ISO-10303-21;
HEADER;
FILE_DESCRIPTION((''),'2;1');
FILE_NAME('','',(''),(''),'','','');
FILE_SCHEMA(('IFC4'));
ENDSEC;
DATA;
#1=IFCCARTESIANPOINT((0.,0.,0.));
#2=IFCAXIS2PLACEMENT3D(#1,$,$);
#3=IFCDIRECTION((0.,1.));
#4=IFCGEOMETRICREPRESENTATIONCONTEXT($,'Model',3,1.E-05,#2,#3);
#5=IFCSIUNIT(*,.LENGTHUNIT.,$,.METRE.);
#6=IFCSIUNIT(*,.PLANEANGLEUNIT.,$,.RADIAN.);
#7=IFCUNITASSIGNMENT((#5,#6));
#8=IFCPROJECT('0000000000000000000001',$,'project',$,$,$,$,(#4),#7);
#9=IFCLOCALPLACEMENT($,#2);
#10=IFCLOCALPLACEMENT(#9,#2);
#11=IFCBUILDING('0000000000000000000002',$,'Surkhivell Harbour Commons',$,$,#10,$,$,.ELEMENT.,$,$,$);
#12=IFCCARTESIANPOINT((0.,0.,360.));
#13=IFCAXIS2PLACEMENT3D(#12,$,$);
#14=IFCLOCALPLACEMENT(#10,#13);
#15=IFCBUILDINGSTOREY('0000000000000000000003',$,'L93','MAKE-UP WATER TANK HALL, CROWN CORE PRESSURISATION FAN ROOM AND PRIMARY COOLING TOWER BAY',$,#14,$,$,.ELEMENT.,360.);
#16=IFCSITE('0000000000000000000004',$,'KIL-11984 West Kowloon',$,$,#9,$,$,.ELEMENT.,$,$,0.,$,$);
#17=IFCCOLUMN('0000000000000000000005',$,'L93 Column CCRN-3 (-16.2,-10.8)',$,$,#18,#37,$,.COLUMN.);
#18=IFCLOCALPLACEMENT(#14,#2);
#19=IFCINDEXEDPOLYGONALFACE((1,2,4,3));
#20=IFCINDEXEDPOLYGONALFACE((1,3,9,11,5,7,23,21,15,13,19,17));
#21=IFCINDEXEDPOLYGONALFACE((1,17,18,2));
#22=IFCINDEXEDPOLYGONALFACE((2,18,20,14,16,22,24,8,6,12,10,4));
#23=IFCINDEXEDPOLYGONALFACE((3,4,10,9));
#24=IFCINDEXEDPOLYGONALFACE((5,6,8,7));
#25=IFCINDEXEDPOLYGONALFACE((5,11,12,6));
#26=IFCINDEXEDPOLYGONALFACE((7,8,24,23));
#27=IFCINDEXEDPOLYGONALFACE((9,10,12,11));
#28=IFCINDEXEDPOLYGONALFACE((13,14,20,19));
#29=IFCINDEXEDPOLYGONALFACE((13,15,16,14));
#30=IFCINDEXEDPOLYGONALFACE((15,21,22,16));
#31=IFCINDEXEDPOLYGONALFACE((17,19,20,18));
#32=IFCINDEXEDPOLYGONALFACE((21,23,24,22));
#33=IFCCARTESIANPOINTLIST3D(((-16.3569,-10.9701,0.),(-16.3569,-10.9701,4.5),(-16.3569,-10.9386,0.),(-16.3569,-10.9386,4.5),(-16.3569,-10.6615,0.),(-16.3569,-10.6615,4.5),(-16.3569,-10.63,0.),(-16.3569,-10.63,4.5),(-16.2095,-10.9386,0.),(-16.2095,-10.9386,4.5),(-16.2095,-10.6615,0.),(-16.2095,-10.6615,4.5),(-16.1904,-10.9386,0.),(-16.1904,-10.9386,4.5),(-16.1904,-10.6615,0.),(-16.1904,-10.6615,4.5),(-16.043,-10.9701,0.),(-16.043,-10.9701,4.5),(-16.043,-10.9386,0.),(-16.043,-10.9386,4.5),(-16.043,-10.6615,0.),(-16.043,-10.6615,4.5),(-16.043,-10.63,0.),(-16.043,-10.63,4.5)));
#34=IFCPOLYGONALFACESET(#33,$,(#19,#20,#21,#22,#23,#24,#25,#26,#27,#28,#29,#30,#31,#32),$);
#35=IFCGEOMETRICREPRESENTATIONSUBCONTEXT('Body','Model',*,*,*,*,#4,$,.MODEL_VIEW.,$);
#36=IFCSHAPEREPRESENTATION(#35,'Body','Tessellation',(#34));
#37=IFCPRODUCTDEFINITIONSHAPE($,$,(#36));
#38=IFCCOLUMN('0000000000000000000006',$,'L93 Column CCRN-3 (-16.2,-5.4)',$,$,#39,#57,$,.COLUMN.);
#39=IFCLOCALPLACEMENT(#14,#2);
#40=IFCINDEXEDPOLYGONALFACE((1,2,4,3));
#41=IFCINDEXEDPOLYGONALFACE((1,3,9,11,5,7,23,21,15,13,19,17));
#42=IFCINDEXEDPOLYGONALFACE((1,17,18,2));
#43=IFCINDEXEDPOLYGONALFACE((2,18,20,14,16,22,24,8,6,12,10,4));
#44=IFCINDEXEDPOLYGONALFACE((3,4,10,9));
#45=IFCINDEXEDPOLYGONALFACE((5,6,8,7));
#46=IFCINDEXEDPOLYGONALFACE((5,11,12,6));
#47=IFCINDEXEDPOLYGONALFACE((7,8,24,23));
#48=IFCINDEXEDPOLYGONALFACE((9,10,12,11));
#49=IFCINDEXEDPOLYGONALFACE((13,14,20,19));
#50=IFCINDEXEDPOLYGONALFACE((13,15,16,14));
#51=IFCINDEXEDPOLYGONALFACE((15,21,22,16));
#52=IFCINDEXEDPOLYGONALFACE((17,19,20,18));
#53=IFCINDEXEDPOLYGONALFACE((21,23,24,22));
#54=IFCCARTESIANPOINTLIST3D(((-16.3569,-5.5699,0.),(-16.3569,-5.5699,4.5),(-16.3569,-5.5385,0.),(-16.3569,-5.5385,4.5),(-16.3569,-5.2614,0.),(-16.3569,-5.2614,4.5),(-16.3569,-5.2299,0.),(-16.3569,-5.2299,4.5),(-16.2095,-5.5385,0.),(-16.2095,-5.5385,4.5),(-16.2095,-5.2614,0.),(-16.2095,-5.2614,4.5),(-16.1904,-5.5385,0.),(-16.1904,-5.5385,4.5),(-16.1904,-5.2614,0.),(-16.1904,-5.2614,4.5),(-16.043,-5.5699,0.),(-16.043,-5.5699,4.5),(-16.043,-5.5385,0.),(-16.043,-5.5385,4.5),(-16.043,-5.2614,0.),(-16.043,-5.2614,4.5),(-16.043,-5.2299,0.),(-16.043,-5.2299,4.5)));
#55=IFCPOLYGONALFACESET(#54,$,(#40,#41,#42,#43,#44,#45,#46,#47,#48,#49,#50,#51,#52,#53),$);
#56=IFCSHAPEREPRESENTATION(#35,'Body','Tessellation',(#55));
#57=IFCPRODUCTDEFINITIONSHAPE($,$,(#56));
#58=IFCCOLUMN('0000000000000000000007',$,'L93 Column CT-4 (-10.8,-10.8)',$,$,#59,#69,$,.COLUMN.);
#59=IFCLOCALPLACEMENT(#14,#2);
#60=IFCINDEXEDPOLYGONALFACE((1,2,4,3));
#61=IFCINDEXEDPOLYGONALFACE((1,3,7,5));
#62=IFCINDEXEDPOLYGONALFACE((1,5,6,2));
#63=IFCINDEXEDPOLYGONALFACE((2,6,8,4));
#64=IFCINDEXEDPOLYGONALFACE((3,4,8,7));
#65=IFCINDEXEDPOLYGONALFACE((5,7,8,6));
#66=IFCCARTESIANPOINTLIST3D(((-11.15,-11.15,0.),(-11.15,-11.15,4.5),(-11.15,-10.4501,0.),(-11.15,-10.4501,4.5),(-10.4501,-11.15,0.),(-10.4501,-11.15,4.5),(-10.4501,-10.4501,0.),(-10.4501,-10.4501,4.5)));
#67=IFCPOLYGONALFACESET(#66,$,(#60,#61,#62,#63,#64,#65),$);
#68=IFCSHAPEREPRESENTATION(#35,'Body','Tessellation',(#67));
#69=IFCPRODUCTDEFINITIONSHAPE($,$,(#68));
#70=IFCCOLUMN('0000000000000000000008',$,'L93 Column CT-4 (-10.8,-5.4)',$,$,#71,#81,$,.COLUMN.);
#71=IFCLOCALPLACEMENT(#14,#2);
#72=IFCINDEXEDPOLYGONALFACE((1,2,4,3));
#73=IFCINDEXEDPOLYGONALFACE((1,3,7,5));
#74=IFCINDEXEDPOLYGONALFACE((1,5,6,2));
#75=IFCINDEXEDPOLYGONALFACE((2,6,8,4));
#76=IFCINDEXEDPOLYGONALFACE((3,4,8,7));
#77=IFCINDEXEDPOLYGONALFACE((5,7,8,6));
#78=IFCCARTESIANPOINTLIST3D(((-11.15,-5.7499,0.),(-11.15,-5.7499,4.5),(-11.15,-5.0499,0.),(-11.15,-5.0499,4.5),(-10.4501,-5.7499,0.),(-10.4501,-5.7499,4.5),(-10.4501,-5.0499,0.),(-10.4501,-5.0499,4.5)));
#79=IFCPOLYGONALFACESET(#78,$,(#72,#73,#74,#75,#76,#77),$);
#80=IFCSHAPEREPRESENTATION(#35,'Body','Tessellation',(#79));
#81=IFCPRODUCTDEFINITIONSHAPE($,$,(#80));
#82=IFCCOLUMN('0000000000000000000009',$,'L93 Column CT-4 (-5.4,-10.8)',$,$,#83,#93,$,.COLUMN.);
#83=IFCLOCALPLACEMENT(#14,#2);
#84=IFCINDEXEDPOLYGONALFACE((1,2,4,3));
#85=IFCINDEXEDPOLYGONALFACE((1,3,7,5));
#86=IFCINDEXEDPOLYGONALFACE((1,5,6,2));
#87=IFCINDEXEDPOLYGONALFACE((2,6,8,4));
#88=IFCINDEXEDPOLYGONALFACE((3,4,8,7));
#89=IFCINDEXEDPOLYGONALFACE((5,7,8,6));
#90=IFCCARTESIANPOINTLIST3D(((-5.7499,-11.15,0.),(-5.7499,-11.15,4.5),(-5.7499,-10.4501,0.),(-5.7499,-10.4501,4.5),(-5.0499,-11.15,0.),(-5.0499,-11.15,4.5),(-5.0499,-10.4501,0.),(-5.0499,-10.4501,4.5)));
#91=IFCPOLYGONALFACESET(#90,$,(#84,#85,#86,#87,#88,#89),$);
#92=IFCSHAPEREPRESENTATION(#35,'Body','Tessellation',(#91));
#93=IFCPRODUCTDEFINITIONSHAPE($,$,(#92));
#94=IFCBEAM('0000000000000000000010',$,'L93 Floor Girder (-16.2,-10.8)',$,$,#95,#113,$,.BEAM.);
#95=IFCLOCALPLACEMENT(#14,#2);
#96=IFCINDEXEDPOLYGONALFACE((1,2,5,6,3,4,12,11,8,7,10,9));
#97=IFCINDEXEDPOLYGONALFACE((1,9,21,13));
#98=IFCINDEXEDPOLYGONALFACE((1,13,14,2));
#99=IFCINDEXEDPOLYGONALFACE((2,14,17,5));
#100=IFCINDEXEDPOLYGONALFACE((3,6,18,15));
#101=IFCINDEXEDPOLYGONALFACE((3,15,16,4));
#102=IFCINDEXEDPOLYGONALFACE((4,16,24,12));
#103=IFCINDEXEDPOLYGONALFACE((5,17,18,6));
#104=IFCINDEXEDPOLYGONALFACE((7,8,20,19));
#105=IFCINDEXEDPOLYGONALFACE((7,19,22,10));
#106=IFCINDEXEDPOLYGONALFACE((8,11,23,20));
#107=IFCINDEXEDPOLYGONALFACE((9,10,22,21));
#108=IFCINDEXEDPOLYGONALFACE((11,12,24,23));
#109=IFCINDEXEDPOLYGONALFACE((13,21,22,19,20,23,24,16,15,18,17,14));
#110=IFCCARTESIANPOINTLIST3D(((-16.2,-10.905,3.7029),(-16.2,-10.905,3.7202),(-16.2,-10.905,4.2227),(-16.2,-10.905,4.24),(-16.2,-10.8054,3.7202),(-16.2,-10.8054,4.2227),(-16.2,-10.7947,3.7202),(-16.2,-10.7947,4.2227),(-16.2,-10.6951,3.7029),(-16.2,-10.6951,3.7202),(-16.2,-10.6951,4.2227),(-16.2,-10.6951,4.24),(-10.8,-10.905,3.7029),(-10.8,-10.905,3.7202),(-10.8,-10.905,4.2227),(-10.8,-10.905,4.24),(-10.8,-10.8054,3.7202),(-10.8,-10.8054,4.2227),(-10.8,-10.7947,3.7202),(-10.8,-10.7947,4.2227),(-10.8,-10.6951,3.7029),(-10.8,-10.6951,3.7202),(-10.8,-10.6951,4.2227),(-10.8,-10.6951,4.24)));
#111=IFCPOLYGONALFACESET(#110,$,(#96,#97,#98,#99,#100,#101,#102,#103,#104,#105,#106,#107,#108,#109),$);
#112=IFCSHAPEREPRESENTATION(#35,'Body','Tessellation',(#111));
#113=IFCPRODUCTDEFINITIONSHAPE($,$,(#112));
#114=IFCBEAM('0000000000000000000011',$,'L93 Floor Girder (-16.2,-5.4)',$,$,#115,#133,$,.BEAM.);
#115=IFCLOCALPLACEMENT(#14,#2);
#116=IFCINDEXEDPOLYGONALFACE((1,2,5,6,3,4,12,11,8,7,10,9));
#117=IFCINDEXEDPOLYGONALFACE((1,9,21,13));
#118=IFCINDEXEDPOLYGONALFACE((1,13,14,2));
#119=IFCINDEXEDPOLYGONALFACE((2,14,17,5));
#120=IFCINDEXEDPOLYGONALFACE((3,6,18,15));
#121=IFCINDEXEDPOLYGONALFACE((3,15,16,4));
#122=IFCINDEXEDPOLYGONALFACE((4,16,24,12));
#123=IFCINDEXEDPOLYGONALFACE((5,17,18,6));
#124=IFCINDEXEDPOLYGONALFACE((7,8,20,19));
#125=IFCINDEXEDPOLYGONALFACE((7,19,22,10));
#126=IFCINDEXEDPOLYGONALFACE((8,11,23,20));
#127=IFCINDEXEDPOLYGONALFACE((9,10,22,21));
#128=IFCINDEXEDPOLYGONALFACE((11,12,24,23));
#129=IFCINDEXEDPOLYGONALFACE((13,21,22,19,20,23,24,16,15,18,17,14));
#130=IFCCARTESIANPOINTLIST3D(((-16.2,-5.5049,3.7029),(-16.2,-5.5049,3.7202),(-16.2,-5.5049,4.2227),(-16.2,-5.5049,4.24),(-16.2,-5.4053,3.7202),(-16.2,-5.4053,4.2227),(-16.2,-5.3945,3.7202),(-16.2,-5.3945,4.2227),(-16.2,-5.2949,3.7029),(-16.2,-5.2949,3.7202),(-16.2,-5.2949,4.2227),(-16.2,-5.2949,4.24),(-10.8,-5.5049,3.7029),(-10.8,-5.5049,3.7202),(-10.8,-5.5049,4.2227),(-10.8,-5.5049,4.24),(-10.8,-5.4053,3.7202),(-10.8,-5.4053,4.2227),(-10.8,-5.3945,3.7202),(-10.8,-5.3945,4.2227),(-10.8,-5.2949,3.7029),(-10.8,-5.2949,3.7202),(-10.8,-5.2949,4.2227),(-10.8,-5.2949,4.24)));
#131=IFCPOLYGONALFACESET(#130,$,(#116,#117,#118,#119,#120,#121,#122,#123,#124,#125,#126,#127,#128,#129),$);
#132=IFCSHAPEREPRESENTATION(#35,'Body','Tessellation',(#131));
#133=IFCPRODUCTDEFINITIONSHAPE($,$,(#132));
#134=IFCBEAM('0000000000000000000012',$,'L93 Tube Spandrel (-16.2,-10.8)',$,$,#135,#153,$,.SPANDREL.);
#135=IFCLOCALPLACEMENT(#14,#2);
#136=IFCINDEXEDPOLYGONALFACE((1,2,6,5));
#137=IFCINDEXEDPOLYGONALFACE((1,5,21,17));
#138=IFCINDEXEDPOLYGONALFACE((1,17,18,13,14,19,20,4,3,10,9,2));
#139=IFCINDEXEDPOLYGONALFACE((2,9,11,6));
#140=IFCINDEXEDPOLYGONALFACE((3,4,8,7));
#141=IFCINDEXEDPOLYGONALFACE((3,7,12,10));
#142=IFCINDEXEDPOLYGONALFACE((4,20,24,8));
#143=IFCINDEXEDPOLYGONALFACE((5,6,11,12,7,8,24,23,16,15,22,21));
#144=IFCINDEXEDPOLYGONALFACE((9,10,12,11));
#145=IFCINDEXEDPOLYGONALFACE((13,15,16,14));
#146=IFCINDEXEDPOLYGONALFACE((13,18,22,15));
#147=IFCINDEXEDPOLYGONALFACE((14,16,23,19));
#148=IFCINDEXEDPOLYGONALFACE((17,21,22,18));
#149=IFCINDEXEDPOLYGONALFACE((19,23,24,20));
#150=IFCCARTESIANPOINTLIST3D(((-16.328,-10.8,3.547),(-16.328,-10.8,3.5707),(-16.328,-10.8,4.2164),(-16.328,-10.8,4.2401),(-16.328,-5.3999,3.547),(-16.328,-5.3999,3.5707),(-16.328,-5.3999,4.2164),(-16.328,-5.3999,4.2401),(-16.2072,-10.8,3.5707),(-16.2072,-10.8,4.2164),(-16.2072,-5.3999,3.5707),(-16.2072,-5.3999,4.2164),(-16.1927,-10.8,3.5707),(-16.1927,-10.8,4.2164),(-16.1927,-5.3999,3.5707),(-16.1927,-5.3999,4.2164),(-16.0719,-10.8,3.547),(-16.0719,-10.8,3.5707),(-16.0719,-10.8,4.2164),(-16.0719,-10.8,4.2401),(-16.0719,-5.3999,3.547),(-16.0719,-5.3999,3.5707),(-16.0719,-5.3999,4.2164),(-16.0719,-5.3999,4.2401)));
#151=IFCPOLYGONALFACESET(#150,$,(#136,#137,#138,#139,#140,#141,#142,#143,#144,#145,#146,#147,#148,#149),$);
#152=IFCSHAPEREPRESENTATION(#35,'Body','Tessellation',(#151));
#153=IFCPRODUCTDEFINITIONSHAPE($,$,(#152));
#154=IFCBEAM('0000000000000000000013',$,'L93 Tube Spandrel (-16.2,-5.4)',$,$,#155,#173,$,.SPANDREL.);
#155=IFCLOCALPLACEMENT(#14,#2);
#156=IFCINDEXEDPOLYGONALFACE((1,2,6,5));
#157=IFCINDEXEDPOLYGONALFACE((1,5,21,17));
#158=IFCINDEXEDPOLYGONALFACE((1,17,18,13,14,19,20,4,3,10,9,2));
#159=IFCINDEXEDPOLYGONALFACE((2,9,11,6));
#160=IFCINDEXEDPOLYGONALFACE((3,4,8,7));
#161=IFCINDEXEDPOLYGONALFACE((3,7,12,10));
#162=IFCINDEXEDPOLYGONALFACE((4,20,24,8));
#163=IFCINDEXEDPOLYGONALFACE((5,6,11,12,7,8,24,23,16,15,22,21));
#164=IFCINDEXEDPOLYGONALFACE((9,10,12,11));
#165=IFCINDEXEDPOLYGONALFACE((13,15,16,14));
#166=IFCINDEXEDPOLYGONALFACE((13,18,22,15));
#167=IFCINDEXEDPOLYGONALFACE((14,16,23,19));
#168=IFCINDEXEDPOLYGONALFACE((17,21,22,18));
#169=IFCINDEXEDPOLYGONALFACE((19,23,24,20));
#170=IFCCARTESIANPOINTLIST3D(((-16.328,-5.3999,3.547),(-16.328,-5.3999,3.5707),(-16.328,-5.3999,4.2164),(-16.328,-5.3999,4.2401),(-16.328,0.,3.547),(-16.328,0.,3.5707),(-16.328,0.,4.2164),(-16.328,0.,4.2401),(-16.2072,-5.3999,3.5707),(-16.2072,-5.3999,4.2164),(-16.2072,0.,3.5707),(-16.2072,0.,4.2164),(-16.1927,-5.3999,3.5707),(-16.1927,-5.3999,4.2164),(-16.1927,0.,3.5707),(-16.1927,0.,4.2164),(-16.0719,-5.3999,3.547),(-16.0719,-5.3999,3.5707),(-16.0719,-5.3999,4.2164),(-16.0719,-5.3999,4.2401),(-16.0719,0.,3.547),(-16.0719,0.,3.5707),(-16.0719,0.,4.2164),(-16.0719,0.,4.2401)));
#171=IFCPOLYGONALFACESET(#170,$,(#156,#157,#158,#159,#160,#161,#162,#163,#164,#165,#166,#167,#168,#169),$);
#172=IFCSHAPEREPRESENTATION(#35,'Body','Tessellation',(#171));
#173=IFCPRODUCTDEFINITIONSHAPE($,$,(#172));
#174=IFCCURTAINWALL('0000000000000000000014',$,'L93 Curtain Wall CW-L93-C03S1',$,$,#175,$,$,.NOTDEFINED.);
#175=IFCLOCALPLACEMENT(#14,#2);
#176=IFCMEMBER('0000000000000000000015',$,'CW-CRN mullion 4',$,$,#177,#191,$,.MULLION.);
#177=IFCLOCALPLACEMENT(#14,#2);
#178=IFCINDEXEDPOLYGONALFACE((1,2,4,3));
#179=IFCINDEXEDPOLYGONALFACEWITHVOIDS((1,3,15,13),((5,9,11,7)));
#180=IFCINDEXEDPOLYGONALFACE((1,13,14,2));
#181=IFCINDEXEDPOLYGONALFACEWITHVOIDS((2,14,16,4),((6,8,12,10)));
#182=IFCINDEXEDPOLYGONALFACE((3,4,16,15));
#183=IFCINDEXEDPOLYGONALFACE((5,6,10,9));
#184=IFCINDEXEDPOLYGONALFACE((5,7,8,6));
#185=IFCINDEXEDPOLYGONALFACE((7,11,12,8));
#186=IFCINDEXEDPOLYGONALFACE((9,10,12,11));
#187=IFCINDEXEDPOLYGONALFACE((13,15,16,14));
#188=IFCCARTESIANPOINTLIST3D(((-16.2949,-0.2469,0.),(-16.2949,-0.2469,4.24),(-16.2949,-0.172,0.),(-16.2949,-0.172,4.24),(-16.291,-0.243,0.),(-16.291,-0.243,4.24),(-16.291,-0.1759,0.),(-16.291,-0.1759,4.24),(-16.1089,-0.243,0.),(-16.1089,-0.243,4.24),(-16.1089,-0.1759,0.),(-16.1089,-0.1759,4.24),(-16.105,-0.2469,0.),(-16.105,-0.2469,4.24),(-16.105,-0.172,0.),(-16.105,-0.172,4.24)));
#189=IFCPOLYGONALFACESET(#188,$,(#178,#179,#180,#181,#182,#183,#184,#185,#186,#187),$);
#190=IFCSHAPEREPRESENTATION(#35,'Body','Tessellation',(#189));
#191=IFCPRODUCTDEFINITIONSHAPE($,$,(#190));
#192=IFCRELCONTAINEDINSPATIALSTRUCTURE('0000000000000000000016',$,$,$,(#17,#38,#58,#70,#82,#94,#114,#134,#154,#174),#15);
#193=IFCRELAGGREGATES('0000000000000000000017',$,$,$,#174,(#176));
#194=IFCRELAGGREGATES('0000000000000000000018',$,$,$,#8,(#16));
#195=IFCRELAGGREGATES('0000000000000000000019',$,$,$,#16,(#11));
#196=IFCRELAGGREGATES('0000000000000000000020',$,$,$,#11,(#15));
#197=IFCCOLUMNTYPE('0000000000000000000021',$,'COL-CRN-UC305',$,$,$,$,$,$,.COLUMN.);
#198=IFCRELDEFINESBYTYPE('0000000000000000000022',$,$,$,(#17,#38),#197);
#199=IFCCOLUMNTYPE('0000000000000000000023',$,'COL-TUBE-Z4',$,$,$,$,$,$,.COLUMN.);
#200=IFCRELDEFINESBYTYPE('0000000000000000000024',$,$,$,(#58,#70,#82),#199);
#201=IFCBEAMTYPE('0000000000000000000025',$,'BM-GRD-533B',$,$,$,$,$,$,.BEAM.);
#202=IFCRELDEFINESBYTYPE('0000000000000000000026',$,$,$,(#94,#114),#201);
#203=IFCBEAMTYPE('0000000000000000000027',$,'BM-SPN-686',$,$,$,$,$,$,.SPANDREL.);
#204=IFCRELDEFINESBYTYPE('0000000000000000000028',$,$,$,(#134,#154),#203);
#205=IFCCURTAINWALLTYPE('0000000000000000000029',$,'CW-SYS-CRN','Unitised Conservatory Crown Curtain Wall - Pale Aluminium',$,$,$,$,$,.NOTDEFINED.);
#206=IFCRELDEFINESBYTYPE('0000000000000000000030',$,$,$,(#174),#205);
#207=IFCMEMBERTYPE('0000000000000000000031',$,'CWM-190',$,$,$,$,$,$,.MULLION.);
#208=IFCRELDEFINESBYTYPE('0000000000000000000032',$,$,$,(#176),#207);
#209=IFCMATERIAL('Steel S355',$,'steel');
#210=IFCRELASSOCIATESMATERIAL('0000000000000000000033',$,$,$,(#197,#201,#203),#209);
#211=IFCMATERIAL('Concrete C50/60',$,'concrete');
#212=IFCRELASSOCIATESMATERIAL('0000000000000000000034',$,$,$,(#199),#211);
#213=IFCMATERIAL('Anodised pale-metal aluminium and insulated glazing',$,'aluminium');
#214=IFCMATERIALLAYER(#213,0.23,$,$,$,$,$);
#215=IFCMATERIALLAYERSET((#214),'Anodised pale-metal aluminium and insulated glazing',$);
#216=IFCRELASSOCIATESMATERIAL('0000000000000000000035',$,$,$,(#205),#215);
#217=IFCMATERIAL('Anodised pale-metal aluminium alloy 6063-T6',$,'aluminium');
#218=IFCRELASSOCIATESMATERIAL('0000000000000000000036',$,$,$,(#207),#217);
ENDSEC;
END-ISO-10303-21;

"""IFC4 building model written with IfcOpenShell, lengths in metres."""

from ifc_helpers import new_model, si_unit, direction, frame, origin, origin_2d, place, context, subcontext, project, spatial, rectangle, hollow_rectangle, i_section, extrude, material, layer, layer_set, material_profile, profile_set, type_object, element, aggregate, save


model = new_model("IFC4")

# Units and contexts
model_context = context("Model", 3, precision=1e-05, world=origin(), true_north=direction((0.0, 1.0)))
body_context = subcontext(model_context, "Body", "Model", "MODEL_VIEW")
ifc_project = project(units=[si_unit("LENGTHUNIT", "METRE"), si_unit("PLANEANGLEUNIT", "RADIAN")], contexts=[model_context])

# Site, building, storey
site_placement = place(None, origin())
site = spatial("IfcSite", under=ifc_project, at=site_placement, Name="KIL-11984 West Kowloon", CompositionType="ELEMENT", RefElevation=0.0)
building_placement = place(site_placement, origin())
building = spatial("IfcBuilding", under=site, at=building_placement, Name="Surkhivell Harbour Commons", CompositionType="ELEMENT")
storey_placement = place(building_placement, frame((0.0, 0.0, 360.0)))
storey = spatial("IfcBuildingStorey", under=building, at=storey_placement, Name="L93", Description="MAKE-UP WATER TANK HALL, CROWN CORE PRESSURISATION FAN ROOM AND PRIMARY COOLING TOWER BAY", CompositionType="ELEMENT", Elevation=360.0)

# Columns
ifc_material_1 = material(Name="Steel S355", Category="steel")
ifc_material_profile_1 = material_profile(ifc_material_1, i_section(OverallWidth=0.314, OverallDepth=0.3401, WebThickness=0.019, FlangeThickness=0.0315, at=origin_2d()), Name="UC305x305x198")
ifc_profile_set_1 = profile_set([ifc_material_profile_1], Name="Steel S355")
column_type_1 = type_object("IfcColumnType", Name="COL-CRN-UC305", PredefinedType="COLUMN", material=ifc_profile_set_1)
for number, where, z_axis, x_axis, name in (
    (1, (-16.2, -10.8, 0.0), (0.0, 0.0, 1.0), (1.0, 0.0, 0.0), "L93 Column CCRN-3 (-16.2,-10.8)"),
    (2, (-16.2, -5.3999, 0.0), (0.0, 0.0, 1.0), (1.0, 0.0, 0.0), "L93 Column CCRN-3 (-16.2,-5.4)"),
):
    element("IfcColumn", number, at=place(storey_placement, frame(where, z_axis=z_axis, x_axis=x_axis)), inside=storey, type_object=column_type_1, Name=name, PredefinedType="COLUMN", context=body_context, shape_type="SweptSolid", body=[
        extrude(i_section(OverallWidth=0.314, OverallDepth=0.3401, WebThickness=0.019, FlangeThickness=0.0315, at=origin_2d()), origin(), (0.0, 0.0, 1.0), 4.5),
    ])
ifc_material_2 = material(Name="Concrete C50/60", Category="concrete")
ifc_material_profile_2 = material_profile(ifc_material_2, rectangle(XDim=0.7, YDim=0.7, at=origin_2d()), Name="RC-COL-700x700")
ifc_profile_set_2 = profile_set([ifc_material_profile_2], Name="Concrete C50/60")
column_type_2 = type_object("IfcColumnType", Name="COL-TUBE-Z4", PredefinedType="COLUMN", material=ifc_profile_set_2)
for number, where, z_axis, x_axis, name in (
    (3, (-10.8, -10.8, 0.0), (0.0, 0.0, 1.0), (1.0, 0.0, 0.0), "L93 Column CT-4 (-10.8,-10.8)"),
    (4, (-10.8, -5.3999, 0.0), (0.0, 0.0, 1.0), (1.0, 0.0, 0.0), "L93 Column CT-4 (-10.8,-5.4)"),
    (5, (-5.3999, -10.8, 0.0), (0.0, 0.0, 1.0), (1.0, 0.0, 0.0), "L93 Column CT-4 (-5.4,-10.8)"),
):
    element("IfcColumn", number, at=place(storey_placement, frame(where, z_axis=z_axis, x_axis=x_axis)), inside=storey, type_object=column_type_2, Name=name, PredefinedType="COLUMN", context=body_context, shape_type="SweptSolid", body=[
        extrude(rectangle(XDim=0.7, YDim=0.7, at=origin_2d()), origin(), (0.0, 0.0, 1.0), 4.5),
    ])

# Beams
ifc_material_profile_3 = material_profile(ifc_material_1, i_section(OverallWidth=0.21, OverallDepth=0.5371, WebThickness=0.0107, FlangeThickness=0.0173, at=origin_2d()), Name="UB533x210x101")
ifc_profile_set_3 = profile_set([ifc_material_profile_3], Name="Steel S355")
beam_type_1 = type_object("IfcBeamType", Name="BM-GRD-533B", PredefinedType="BEAM", material=ifc_profile_set_3)
for number, where, z_axis, x_axis, name in (
    (6, (-16.2, -10.8, 3.9714), (1.0, 0.0, 0.0), (0.0, 1.0, 0.0), "L93 Floor Girder (-16.2,-10.8)"),
    (7, (-16.2, -5.3999, 3.9714), (1.0, 0.0, 0.0), (0.0, 1.0, 0.0), "L93 Floor Girder (-16.2,-5.4)"),
):
    element("IfcBeam", number, at=place(storey_placement, frame(where, z_axis=z_axis, x_axis=x_axis)), inside=storey, type_object=beam_type_1, Name=name, PredefinedType="BEAM", context=body_context, shape_type="SweptSolid", body=[
        extrude(i_section(OverallWidth=0.21, OverallDepth=0.5371, WebThickness=0.0107, FlangeThickness=0.0173, at=origin_2d()), origin(), (0.0, 0.0, 1.0), 5.3999),
    ])
ifc_material_profile_4 = material_profile(ifc_material_1, i_section(OverallWidth=0.2561, OverallDepth=0.6931, WebThickness=0.0144, FlangeThickness=0.0237, at=origin_2d()), Name="UB686x254x170")
ifc_profile_set_4 = profile_set([ifc_material_profile_4], Name="Steel S355")
beam_type_2 = type_object("IfcBeamType", Name="BM-SPN-686", PredefinedType="SPANDREL", material=ifc_profile_set_4)
beam_1_placement = place(storey_placement, frame((-16.2, -10.8, 3.8936), z_axis=(0.0, 1.0, 0.0), x_axis=(-1.0, 0.0, 0.0)))
element("IfcBeam", 8, at=beam_1_placement, inside=storey, type_object=beam_type_2, Name="L93 Tube Spandrel (-16.2,-10.8)", PredefinedType="SPANDREL", context=body_context, shape_type="SweptSolid", body=[
    extrude(i_section(OverallWidth=0.2561, OverallDepth=0.6931, WebThickness=0.0144, FlangeThickness=0.0237, at=origin_2d()), origin(), (0.0, 0.0, 1.0), 5.4001),
])
beam_2_placement = place(storey_placement, frame((-16.2, -5.3999, 3.8936), z_axis=(0.0, 1.0, 0.0), x_axis=(-1.0, 0.0, 0.0)))
element("IfcBeam", 9, at=beam_2_placement, inside=storey, type_object=beam_type_2, Name="L93 Tube Spandrel (-16.2,-5.4)", PredefinedType="SPANDREL", context=body_context, shape_type="SweptSolid", body=[
    extrude(i_section(OverallWidth=0.2561, OverallDepth=0.6931, WebThickness=0.0144, FlangeThickness=0.0237, at=origin_2d()), origin(), (0.0, 0.0, 1.0), 5.3999),
])

# Curtain wall, member
ifc_material_3 = material(Name="Anodised pale-metal aluminium and insulated glazing", Category="aluminium")
ifc_layer_1 = layer(ifc_material_3, 0.23)
ifc_layer_set_1 = layer_set([ifc_layer_1], Name="Anodised pale-metal aluminium and insulated glazing")
curtain_wall_type = type_object("IfcCurtainWallType", Name="CW-SYS-CRN", Description="Unitised Conservatory Crown Curtain Wall - Pale Aluminium", PredefinedType="NOTDEFINED", material=ifc_layer_set_1)
curtain_wall_placement = place(storey_placement, origin())
curtain_wall = element("IfcCurtainWall", 10, at=curtain_wall_placement, inside=storey, type_object=curtain_wall_type, Name="L93 Curtain Wall CW-L93-C03S1", PredefinedType="NOTDEFINED")
ifc_material_4 = material(Name="Anodised pale-metal aluminium alloy 6063-T6", Category="aluminium")
ifc_material_profile_5 = material_profile(ifc_material_4, hollow_rectangle(XDim=0.075, YDim=0.1899, WallThickness=0.0039, at=origin_2d()), Name="ALU-MULL-75x190")
ifc_profile_set_5 = profile_set([ifc_material_profile_5], Name="Anodised pale-metal aluminium alloy 6063-T6")
member_type_1 = type_object("IfcMemberType", Name="CWM-190", PredefinedType="MULLION", material=ifc_profile_set_5)
member_1_placement = place(storey_placement, frame((-16.2, -0.2095, 0.0), z_axis=(0.0, 0.0, 1.0), x_axis=(0.0, -1.0, 0.0)))
member_1 = element("IfcMember", 11, at=member_1_placement, type_object=member_type_1, Name="CW-CRN mullion 4", PredefinedType="MULLION", context=body_context, shape_type="SweptSolid", body=[
    extrude(hollow_rectangle(XDim=0.075, YDim=0.1899, WallThickness=0.0039, at=origin_2d()), origin(), (0.0, 0.0, 1.0), 4.24),
])
aggregate(curtain_wall, [member_1])

save(model, "model.ifc")
